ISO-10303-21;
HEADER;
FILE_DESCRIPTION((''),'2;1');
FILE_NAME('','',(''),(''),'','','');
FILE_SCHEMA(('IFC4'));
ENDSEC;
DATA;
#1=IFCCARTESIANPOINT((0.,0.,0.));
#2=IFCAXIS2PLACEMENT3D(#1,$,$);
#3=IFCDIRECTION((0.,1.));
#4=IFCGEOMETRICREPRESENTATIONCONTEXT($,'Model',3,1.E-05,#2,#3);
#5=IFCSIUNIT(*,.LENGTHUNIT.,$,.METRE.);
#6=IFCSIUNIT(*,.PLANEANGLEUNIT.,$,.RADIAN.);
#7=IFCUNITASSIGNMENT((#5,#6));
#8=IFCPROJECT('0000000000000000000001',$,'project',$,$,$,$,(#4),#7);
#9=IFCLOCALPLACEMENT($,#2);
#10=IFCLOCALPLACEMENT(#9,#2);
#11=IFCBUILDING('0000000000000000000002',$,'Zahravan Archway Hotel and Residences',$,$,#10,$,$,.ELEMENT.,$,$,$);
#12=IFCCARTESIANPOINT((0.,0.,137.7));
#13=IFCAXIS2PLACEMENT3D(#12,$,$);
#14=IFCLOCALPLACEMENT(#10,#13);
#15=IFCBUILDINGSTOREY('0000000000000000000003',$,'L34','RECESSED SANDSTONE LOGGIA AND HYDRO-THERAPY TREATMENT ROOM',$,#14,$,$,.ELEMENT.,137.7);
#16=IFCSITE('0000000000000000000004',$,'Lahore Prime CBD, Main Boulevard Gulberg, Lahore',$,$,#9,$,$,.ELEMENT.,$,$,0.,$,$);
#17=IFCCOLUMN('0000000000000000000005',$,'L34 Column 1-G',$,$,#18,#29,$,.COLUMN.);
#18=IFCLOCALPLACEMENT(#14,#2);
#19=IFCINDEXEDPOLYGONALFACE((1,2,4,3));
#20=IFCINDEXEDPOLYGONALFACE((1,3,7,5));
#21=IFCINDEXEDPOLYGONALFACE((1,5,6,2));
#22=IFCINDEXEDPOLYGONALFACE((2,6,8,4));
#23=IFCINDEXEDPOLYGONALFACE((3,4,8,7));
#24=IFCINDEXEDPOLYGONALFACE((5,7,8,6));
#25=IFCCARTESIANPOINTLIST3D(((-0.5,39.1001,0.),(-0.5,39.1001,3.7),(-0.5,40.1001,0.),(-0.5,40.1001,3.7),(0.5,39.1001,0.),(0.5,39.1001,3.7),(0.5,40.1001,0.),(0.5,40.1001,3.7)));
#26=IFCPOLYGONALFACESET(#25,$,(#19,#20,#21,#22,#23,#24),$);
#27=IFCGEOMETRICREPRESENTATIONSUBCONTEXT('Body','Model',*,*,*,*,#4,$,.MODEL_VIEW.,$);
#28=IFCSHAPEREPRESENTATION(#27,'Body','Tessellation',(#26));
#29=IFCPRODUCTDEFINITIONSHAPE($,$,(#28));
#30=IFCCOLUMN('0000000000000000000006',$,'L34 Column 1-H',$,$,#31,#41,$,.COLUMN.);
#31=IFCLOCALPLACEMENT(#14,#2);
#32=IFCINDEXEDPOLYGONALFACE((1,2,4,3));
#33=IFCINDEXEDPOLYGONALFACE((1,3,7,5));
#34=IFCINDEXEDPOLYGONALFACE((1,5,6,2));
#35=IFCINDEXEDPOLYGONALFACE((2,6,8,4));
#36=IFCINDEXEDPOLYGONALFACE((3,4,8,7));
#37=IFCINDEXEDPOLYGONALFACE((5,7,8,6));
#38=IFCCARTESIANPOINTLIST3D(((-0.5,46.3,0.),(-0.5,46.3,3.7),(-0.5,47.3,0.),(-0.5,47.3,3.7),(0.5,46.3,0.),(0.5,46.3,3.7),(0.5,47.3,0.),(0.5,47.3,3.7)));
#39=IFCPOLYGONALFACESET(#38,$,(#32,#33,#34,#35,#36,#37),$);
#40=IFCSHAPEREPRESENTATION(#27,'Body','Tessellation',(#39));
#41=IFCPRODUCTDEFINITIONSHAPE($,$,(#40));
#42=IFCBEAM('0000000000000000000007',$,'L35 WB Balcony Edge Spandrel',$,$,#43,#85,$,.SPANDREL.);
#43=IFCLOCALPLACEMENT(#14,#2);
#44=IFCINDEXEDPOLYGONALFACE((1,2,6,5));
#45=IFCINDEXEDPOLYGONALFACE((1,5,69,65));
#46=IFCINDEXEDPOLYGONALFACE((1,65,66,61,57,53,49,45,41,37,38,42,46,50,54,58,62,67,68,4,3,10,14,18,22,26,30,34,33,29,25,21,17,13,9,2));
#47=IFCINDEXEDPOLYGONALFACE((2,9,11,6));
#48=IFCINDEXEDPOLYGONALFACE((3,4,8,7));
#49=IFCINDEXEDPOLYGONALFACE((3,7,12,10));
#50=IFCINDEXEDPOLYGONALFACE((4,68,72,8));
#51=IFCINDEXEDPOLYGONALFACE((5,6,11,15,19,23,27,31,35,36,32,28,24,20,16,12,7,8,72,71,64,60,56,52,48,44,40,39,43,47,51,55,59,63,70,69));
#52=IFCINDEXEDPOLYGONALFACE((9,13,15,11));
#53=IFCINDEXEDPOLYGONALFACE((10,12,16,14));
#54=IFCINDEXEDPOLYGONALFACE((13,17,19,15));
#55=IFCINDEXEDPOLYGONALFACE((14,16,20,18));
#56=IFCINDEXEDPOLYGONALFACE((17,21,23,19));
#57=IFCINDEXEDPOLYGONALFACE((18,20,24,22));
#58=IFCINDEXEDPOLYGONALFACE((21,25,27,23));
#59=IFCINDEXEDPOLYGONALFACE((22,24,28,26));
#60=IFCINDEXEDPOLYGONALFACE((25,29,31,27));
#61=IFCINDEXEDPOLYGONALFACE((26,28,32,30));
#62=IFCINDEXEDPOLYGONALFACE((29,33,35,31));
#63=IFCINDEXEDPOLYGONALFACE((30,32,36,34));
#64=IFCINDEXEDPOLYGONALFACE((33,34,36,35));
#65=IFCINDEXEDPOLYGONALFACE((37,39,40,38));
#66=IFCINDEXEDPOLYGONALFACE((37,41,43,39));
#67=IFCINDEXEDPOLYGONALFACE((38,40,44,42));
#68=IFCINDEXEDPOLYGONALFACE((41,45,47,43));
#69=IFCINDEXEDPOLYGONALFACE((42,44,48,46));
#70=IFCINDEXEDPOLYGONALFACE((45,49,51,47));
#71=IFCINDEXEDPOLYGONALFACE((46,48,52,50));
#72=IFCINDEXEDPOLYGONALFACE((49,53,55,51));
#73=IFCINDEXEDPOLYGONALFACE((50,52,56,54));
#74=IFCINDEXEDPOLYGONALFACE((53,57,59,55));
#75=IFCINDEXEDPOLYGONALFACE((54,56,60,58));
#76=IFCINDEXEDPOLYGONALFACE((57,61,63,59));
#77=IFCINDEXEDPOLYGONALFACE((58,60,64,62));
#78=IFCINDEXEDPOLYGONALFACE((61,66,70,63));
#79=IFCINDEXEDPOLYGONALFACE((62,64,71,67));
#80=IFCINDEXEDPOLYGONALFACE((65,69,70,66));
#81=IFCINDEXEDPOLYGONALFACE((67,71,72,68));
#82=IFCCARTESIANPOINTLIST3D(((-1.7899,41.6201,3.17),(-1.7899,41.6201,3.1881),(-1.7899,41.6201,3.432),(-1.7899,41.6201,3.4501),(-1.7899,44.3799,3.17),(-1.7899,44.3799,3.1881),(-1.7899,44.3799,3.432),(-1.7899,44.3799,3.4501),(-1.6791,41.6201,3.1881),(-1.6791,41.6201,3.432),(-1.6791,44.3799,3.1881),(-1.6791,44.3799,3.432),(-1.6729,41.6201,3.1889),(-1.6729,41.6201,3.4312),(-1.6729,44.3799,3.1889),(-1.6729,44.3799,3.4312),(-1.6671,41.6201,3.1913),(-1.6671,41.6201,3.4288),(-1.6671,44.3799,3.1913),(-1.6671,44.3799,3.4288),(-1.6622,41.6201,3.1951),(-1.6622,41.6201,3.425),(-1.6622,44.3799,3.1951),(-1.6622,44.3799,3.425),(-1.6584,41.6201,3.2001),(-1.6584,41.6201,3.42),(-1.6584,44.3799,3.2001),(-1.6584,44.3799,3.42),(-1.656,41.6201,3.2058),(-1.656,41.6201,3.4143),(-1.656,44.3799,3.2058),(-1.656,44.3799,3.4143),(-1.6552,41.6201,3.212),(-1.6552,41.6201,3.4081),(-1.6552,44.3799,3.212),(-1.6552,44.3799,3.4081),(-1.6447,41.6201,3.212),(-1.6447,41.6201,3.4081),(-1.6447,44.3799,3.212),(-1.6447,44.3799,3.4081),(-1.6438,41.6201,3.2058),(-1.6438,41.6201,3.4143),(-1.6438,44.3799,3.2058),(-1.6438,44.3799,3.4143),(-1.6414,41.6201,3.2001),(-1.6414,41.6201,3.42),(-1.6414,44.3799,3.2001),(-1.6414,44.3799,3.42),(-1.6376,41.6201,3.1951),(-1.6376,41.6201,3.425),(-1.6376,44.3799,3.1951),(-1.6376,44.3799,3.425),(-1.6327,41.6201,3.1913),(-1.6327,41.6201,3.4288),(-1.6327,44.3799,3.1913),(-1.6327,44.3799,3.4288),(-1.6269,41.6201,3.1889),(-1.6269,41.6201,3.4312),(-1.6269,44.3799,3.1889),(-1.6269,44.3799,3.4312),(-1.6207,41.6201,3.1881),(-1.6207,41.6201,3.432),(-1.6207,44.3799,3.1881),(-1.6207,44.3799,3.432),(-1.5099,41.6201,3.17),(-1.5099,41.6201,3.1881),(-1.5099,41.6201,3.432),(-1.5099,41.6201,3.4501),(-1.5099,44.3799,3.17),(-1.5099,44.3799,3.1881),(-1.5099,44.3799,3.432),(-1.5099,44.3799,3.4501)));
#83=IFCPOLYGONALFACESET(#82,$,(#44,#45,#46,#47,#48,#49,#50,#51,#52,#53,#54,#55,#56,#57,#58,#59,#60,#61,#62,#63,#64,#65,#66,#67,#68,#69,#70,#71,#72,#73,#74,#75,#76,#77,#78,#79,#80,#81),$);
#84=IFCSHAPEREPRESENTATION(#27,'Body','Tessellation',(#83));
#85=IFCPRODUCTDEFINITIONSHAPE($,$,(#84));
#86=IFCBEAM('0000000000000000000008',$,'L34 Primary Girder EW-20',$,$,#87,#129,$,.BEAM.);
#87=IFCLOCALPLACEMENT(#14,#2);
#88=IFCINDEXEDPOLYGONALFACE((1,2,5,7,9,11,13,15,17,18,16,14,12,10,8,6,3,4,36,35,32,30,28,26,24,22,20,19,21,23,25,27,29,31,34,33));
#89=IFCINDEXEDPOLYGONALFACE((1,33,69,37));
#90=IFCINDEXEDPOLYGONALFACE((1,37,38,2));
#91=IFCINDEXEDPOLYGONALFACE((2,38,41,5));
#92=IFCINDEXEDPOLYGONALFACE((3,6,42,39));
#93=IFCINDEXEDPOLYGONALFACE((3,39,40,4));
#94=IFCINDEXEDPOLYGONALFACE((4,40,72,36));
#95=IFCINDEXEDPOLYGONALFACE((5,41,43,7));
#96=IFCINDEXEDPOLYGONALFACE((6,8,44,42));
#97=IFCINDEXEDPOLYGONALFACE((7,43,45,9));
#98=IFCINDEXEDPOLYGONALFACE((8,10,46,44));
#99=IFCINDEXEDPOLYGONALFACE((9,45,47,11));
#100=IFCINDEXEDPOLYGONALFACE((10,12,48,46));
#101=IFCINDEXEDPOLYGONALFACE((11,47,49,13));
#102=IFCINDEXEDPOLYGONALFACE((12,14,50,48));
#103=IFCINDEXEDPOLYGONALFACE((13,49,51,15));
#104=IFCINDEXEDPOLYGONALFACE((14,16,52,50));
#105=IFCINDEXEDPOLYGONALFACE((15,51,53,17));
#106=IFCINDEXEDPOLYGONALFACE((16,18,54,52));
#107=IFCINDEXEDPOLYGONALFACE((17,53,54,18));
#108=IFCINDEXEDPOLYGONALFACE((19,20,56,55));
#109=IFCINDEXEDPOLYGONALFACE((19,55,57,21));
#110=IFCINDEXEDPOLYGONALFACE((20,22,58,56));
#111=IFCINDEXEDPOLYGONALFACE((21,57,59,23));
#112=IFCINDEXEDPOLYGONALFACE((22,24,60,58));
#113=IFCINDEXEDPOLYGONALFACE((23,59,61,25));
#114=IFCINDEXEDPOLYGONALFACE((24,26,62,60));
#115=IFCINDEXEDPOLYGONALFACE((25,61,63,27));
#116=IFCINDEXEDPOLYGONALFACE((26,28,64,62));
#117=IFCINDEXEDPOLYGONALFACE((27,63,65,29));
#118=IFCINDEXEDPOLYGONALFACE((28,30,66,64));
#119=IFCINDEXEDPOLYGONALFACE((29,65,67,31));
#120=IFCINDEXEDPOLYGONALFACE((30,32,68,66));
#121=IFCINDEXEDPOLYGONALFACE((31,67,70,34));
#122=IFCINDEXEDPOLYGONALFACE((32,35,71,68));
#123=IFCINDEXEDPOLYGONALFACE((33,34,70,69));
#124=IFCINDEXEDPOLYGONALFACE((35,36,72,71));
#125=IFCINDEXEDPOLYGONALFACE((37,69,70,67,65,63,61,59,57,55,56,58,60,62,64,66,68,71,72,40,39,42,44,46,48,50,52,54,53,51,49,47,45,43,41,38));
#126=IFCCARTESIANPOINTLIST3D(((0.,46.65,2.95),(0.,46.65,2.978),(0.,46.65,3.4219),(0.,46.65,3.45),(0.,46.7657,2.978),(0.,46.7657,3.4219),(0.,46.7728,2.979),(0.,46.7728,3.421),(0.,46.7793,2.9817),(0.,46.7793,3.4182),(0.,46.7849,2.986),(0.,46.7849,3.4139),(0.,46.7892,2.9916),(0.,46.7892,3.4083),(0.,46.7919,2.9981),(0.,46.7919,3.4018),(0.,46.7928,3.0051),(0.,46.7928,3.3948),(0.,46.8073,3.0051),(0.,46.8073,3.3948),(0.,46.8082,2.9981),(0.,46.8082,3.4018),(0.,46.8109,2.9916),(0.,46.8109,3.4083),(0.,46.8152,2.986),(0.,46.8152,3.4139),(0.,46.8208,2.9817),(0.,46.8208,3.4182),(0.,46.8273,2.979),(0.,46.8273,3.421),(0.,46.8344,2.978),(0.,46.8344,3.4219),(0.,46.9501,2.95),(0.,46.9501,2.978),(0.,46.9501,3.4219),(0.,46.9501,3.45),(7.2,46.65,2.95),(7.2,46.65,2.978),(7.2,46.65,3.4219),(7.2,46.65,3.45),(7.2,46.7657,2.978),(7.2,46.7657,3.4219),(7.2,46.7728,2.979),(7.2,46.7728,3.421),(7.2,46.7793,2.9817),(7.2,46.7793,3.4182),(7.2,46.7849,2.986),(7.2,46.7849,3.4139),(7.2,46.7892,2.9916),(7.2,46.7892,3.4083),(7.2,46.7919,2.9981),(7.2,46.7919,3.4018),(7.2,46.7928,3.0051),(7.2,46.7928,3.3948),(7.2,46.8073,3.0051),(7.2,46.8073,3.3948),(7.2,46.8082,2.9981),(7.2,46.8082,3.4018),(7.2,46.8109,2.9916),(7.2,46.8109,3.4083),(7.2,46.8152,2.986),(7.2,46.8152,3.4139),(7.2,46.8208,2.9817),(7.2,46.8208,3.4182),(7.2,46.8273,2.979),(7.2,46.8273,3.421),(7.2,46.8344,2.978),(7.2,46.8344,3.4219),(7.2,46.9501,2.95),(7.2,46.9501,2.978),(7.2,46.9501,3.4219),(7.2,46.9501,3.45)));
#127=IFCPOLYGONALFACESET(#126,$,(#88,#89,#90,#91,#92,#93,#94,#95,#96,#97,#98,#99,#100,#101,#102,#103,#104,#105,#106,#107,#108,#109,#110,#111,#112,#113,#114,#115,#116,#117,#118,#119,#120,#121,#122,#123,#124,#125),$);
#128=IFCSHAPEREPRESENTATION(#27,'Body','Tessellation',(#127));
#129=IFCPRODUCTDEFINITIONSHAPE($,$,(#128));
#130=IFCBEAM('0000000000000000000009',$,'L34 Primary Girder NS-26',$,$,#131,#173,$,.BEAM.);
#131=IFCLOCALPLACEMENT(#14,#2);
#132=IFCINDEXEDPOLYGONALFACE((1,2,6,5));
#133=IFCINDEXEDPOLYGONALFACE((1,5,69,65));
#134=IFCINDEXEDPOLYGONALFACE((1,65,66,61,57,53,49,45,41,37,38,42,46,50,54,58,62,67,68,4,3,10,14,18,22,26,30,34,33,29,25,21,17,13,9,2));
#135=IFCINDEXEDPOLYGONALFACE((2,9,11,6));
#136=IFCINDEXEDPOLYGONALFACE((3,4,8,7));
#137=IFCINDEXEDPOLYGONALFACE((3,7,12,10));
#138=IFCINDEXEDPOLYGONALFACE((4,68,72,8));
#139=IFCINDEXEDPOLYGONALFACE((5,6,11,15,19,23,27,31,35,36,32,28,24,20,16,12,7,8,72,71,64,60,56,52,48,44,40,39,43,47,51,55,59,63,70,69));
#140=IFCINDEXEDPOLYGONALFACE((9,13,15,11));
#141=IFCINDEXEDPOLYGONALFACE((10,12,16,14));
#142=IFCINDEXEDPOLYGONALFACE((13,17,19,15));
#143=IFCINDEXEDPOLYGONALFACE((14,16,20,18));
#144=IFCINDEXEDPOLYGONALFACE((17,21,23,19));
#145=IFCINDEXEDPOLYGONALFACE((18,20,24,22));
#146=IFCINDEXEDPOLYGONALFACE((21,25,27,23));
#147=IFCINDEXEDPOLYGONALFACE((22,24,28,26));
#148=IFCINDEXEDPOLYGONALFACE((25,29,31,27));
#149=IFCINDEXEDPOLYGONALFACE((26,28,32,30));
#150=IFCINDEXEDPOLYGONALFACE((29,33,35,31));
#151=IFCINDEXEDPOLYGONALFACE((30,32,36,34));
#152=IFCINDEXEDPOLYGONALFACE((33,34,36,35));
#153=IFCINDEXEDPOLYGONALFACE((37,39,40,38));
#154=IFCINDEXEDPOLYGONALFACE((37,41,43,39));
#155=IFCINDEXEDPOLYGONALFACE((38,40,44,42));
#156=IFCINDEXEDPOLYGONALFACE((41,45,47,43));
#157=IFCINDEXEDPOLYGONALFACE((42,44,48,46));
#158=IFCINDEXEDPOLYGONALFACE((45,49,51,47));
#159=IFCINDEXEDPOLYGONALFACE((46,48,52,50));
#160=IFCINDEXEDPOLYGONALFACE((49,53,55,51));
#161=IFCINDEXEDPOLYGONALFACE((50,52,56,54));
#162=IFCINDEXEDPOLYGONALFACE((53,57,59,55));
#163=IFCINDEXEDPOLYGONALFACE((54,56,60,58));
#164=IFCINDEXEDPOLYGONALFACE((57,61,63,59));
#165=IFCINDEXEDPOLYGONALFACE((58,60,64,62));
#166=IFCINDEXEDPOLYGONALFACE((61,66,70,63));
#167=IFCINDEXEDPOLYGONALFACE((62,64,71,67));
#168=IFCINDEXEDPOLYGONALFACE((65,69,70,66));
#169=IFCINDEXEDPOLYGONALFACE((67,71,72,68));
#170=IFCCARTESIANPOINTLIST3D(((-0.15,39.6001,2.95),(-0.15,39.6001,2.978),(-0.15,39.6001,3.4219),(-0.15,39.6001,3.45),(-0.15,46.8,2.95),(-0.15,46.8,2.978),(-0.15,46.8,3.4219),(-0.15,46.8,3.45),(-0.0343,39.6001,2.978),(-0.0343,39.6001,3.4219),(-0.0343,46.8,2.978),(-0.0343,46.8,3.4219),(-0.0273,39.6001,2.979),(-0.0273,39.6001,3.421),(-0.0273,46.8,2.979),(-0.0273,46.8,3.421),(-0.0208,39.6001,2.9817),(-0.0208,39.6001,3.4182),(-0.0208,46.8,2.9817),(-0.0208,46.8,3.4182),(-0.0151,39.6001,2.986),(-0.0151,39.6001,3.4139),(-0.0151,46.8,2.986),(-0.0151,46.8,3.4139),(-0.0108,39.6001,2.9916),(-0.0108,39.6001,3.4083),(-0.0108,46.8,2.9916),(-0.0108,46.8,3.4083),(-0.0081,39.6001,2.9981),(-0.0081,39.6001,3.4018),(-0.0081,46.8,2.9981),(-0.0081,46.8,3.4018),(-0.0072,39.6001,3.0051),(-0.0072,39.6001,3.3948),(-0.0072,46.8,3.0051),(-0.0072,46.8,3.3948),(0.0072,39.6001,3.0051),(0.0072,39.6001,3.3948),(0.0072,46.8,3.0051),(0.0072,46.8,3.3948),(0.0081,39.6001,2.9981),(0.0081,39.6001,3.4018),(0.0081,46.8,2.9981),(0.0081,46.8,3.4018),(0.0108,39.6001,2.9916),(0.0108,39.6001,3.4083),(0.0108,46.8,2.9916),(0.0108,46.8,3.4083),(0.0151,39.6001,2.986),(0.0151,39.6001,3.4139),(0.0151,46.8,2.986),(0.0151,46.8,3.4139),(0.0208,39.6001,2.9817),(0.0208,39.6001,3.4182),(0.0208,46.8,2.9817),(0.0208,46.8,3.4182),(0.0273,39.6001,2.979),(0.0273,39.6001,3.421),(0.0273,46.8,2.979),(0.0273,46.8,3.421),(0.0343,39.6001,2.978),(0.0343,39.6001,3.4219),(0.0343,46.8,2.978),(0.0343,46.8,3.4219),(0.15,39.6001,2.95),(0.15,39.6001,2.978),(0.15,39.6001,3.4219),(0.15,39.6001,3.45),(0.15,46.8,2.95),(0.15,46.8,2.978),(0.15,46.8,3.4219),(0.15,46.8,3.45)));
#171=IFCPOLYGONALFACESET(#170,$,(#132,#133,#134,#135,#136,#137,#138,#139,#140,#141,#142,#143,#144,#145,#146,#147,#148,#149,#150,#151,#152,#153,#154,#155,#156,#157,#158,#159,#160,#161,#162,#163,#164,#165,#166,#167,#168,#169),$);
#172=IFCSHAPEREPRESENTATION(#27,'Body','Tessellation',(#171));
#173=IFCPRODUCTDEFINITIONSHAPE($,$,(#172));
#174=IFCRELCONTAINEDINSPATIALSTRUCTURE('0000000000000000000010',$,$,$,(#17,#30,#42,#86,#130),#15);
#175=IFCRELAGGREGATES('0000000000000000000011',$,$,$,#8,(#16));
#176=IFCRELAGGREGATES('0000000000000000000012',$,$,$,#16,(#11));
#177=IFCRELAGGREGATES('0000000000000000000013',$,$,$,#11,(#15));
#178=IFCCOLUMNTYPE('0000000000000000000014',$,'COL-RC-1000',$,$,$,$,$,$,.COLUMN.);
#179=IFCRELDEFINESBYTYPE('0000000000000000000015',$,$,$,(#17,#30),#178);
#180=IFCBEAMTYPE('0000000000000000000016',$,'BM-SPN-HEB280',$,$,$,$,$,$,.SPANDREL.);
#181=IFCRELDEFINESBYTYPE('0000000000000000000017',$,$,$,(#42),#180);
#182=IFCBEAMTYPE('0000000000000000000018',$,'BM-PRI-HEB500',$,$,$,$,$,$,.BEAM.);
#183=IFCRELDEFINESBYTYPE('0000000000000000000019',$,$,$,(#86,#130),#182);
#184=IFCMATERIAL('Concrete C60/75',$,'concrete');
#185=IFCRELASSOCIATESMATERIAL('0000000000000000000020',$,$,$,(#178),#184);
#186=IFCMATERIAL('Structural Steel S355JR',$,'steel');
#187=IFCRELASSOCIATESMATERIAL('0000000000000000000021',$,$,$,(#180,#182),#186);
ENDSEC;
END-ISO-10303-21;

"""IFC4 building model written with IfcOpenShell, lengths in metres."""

from ifc_helpers import new_model, si_unit, direction, frame, origin, origin_2d, place, context, subcontext, project, spatial, rectangle, i_section, extrude, source, transform, mapped, material, material_profile, profile_set, type_object, type_shapes, element, save


model = new_model("IFC4")

# Units and contexts
model_context = context("Model", 3, precision=1e-05, world=origin(), true_north=direction((0.0, 1.0)))
body_context = subcontext(model_context, "Body", "Model", "MODEL_VIEW")
ifc_project = project(units=[si_unit("LENGTHUNIT", "METRE"), si_unit("PLANEANGLEUNIT", "RADIAN")], contexts=[model_context])

# Site, building, storey
site_placement = place(None, origin())
site = spatial("IfcSite", under=ifc_project, at=site_placement, Name="Lahore Prime CBD, Main Boulevard Gulberg, Lahore", CompositionType="ELEMENT", RefElevation=0.0)
building_placement = place(site_placement, origin())
building = spatial("IfcBuilding", under=site, at=building_placement, Name="Zahravan Archway Hotel and Residences", CompositionType="ELEMENT")
storey_placement = place(building_placement, frame((0.0, 0.0, 137.7)))
storey = spatial("IfcBuildingStorey", under=building, at=storey_placement, Name="L34", Description="RECESSED SANDSTONE LOGGIA AND HYDRO-THERAPY TREATMENT ROOM", CompositionType="ELEMENT", Elevation=137.7)

# Columns
ifc_material_1 = material(Name="Concrete C60/75", Category="concrete")
ifc_material_profile_1 = material_profile(ifc_material_1, rectangle(XDim=1.0, YDim=1.0, at=origin_2d()), Name="RC-COL-1000x1000", Category="concrete")
ifc_profile_set_1 = profile_set([ifc_material_profile_1], Name="Concrete C60/75")
column_type = type_object("IfcColumnType", Name="COL-RC-1000", PredefinedType="COLUMN", material=ifc_profile_set_1)
shared_shape_1 = source(origin(), body_context, "Body", "SweptSolid", [
    extrude(rectangle(XDim=1.0, YDim=1.0, at=origin_2d()), origin(), (0.0, 0.0, 1.0), 3.7),
])
type_shapes(column_type, [shared_shape_1])
for number, where, z_axis, x_axis, name in (
    (1, (0.0, 39.6001, 0.0), (0.0, 0.0, 1.0), (1.0, 0.0, 0.0), "L34 Column 1-G"),
    (2, (0.0, 46.8, 0.0), (0.0, 0.0, 1.0), (1.0, 0.0, 0.0), "L34 Column 1-H"),
):
    element("IfcColumn", number, at=place(storey_placement, frame(where, z_axis=z_axis, x_axis=x_axis)), inside=storey, type_object=column_type, Name=name, PredefinedType="COLUMN", context=body_context, shape_type="MappedRepresentation", body=[
        mapped(shared_shape_1, transform((0.0, 0.0, 0.0), scale=1.0)),
    ])

# Beams
ifc_material_2 = material(Name="Structural Steel S355JR", Category="steel")
ifc_material_profile_2 = material_profile(ifc_material_2, i_section(OverallWidth=0.28, OverallDepth=0.28, WebThickness=0.0105, FlangeThickness=0.0181, FilletRadius=0.0239, at=origin_2d()), Name="HEB 280", Category="steel")
ifc_profile_set_2 = profile_set([ifc_material_profile_2], Name="Structural Steel S355JR")
beam_type_1 = type_object("IfcBeamType", Name="BM-SPN-HEB280", PredefinedType="SPANDREL", material=ifc_profile_set_2)
shared_shape_2 = source(origin(), body_context, "Body", "SweptSolid", [
    extrude(i_section(OverallWidth=0.28, OverallDepth=0.28, WebThickness=0.0105, FlangeThickness=0.0181, FilletRadius=0.0239, at=origin_2d()), origin(), (0.0, 0.0, 1.0), 2.7598),
])
beam_placement = place(storey_placement, frame((-1.6499, 41.6201, 3.3101), z_axis=(0.0, 1.0, 0.0), x_axis=(-1.0, 0.0, 0.0)))
element("IfcBeam", 3, at=beam_placement, inside=storey, type_object=beam_type_1, Name="L35 WB Balcony Edge Spandrel", PredefinedType="SPANDREL", context=body_context, shape_type="MappedRepresentation", body=[
    mapped(shared_shape_2, transform((0.0, 0.0, 0.0), scale=1.0)),
])
ifc_material_profile_3 = material_profile(ifc_material_2, i_section(OverallWidth=0.3, OverallDepth=0.5, WebThickness=0.0144, FlangeThickness=0.0281, FilletRadius=0.0271, at=origin_2d()), Name="HEB 500", Category="steel")
ifc_profile_set_3 = profile_set([ifc_material_profile_3], Name="Structural Steel S355JR")
beam_type_2 = type_object("IfcBeamType", Name="BM-PRI-HEB500", PredefinedType="BEAM", material=ifc_profile_set_3)
shared_shape_3 = source(origin(), body_context, "Body", "SweptSolid", [
    extrude(i_section(OverallWidth=0.3, OverallDepth=0.5, WebThickness=0.0144, FlangeThickness=0.0281, FilletRadius=0.0271, at=origin_2d()), origin(), (0.0, 0.0, 1.0), 7.2),
])
for number, where, z_axis, x_axis, name in (
    (4, (0.0, 46.8, 3.2), (1.0, 0.0, 0.0), (0.0, 1.0, 0.0), "L34 Primary Girder EW-20"),
    (5, (0.0, 39.6001, 3.2), (0.0, 1.0, 0.0), (-1.0, 0.0, 0.0), "L34 Primary Girder NS-26"),
):
    element("IfcBeam", number, at=place(storey_placement, frame(where, z_axis=z_axis, x_axis=x_axis)), inside=storey, type_object=beam_type_2, Name=name, PredefinedType="BEAM", context=body_context, shape_type="MappedRepresentation", body=[
        mapped(shared_shape_3, transform((0.0, 0.0, 0.0), scale=1.0)),
    ])

save(model, "model.ifc")
